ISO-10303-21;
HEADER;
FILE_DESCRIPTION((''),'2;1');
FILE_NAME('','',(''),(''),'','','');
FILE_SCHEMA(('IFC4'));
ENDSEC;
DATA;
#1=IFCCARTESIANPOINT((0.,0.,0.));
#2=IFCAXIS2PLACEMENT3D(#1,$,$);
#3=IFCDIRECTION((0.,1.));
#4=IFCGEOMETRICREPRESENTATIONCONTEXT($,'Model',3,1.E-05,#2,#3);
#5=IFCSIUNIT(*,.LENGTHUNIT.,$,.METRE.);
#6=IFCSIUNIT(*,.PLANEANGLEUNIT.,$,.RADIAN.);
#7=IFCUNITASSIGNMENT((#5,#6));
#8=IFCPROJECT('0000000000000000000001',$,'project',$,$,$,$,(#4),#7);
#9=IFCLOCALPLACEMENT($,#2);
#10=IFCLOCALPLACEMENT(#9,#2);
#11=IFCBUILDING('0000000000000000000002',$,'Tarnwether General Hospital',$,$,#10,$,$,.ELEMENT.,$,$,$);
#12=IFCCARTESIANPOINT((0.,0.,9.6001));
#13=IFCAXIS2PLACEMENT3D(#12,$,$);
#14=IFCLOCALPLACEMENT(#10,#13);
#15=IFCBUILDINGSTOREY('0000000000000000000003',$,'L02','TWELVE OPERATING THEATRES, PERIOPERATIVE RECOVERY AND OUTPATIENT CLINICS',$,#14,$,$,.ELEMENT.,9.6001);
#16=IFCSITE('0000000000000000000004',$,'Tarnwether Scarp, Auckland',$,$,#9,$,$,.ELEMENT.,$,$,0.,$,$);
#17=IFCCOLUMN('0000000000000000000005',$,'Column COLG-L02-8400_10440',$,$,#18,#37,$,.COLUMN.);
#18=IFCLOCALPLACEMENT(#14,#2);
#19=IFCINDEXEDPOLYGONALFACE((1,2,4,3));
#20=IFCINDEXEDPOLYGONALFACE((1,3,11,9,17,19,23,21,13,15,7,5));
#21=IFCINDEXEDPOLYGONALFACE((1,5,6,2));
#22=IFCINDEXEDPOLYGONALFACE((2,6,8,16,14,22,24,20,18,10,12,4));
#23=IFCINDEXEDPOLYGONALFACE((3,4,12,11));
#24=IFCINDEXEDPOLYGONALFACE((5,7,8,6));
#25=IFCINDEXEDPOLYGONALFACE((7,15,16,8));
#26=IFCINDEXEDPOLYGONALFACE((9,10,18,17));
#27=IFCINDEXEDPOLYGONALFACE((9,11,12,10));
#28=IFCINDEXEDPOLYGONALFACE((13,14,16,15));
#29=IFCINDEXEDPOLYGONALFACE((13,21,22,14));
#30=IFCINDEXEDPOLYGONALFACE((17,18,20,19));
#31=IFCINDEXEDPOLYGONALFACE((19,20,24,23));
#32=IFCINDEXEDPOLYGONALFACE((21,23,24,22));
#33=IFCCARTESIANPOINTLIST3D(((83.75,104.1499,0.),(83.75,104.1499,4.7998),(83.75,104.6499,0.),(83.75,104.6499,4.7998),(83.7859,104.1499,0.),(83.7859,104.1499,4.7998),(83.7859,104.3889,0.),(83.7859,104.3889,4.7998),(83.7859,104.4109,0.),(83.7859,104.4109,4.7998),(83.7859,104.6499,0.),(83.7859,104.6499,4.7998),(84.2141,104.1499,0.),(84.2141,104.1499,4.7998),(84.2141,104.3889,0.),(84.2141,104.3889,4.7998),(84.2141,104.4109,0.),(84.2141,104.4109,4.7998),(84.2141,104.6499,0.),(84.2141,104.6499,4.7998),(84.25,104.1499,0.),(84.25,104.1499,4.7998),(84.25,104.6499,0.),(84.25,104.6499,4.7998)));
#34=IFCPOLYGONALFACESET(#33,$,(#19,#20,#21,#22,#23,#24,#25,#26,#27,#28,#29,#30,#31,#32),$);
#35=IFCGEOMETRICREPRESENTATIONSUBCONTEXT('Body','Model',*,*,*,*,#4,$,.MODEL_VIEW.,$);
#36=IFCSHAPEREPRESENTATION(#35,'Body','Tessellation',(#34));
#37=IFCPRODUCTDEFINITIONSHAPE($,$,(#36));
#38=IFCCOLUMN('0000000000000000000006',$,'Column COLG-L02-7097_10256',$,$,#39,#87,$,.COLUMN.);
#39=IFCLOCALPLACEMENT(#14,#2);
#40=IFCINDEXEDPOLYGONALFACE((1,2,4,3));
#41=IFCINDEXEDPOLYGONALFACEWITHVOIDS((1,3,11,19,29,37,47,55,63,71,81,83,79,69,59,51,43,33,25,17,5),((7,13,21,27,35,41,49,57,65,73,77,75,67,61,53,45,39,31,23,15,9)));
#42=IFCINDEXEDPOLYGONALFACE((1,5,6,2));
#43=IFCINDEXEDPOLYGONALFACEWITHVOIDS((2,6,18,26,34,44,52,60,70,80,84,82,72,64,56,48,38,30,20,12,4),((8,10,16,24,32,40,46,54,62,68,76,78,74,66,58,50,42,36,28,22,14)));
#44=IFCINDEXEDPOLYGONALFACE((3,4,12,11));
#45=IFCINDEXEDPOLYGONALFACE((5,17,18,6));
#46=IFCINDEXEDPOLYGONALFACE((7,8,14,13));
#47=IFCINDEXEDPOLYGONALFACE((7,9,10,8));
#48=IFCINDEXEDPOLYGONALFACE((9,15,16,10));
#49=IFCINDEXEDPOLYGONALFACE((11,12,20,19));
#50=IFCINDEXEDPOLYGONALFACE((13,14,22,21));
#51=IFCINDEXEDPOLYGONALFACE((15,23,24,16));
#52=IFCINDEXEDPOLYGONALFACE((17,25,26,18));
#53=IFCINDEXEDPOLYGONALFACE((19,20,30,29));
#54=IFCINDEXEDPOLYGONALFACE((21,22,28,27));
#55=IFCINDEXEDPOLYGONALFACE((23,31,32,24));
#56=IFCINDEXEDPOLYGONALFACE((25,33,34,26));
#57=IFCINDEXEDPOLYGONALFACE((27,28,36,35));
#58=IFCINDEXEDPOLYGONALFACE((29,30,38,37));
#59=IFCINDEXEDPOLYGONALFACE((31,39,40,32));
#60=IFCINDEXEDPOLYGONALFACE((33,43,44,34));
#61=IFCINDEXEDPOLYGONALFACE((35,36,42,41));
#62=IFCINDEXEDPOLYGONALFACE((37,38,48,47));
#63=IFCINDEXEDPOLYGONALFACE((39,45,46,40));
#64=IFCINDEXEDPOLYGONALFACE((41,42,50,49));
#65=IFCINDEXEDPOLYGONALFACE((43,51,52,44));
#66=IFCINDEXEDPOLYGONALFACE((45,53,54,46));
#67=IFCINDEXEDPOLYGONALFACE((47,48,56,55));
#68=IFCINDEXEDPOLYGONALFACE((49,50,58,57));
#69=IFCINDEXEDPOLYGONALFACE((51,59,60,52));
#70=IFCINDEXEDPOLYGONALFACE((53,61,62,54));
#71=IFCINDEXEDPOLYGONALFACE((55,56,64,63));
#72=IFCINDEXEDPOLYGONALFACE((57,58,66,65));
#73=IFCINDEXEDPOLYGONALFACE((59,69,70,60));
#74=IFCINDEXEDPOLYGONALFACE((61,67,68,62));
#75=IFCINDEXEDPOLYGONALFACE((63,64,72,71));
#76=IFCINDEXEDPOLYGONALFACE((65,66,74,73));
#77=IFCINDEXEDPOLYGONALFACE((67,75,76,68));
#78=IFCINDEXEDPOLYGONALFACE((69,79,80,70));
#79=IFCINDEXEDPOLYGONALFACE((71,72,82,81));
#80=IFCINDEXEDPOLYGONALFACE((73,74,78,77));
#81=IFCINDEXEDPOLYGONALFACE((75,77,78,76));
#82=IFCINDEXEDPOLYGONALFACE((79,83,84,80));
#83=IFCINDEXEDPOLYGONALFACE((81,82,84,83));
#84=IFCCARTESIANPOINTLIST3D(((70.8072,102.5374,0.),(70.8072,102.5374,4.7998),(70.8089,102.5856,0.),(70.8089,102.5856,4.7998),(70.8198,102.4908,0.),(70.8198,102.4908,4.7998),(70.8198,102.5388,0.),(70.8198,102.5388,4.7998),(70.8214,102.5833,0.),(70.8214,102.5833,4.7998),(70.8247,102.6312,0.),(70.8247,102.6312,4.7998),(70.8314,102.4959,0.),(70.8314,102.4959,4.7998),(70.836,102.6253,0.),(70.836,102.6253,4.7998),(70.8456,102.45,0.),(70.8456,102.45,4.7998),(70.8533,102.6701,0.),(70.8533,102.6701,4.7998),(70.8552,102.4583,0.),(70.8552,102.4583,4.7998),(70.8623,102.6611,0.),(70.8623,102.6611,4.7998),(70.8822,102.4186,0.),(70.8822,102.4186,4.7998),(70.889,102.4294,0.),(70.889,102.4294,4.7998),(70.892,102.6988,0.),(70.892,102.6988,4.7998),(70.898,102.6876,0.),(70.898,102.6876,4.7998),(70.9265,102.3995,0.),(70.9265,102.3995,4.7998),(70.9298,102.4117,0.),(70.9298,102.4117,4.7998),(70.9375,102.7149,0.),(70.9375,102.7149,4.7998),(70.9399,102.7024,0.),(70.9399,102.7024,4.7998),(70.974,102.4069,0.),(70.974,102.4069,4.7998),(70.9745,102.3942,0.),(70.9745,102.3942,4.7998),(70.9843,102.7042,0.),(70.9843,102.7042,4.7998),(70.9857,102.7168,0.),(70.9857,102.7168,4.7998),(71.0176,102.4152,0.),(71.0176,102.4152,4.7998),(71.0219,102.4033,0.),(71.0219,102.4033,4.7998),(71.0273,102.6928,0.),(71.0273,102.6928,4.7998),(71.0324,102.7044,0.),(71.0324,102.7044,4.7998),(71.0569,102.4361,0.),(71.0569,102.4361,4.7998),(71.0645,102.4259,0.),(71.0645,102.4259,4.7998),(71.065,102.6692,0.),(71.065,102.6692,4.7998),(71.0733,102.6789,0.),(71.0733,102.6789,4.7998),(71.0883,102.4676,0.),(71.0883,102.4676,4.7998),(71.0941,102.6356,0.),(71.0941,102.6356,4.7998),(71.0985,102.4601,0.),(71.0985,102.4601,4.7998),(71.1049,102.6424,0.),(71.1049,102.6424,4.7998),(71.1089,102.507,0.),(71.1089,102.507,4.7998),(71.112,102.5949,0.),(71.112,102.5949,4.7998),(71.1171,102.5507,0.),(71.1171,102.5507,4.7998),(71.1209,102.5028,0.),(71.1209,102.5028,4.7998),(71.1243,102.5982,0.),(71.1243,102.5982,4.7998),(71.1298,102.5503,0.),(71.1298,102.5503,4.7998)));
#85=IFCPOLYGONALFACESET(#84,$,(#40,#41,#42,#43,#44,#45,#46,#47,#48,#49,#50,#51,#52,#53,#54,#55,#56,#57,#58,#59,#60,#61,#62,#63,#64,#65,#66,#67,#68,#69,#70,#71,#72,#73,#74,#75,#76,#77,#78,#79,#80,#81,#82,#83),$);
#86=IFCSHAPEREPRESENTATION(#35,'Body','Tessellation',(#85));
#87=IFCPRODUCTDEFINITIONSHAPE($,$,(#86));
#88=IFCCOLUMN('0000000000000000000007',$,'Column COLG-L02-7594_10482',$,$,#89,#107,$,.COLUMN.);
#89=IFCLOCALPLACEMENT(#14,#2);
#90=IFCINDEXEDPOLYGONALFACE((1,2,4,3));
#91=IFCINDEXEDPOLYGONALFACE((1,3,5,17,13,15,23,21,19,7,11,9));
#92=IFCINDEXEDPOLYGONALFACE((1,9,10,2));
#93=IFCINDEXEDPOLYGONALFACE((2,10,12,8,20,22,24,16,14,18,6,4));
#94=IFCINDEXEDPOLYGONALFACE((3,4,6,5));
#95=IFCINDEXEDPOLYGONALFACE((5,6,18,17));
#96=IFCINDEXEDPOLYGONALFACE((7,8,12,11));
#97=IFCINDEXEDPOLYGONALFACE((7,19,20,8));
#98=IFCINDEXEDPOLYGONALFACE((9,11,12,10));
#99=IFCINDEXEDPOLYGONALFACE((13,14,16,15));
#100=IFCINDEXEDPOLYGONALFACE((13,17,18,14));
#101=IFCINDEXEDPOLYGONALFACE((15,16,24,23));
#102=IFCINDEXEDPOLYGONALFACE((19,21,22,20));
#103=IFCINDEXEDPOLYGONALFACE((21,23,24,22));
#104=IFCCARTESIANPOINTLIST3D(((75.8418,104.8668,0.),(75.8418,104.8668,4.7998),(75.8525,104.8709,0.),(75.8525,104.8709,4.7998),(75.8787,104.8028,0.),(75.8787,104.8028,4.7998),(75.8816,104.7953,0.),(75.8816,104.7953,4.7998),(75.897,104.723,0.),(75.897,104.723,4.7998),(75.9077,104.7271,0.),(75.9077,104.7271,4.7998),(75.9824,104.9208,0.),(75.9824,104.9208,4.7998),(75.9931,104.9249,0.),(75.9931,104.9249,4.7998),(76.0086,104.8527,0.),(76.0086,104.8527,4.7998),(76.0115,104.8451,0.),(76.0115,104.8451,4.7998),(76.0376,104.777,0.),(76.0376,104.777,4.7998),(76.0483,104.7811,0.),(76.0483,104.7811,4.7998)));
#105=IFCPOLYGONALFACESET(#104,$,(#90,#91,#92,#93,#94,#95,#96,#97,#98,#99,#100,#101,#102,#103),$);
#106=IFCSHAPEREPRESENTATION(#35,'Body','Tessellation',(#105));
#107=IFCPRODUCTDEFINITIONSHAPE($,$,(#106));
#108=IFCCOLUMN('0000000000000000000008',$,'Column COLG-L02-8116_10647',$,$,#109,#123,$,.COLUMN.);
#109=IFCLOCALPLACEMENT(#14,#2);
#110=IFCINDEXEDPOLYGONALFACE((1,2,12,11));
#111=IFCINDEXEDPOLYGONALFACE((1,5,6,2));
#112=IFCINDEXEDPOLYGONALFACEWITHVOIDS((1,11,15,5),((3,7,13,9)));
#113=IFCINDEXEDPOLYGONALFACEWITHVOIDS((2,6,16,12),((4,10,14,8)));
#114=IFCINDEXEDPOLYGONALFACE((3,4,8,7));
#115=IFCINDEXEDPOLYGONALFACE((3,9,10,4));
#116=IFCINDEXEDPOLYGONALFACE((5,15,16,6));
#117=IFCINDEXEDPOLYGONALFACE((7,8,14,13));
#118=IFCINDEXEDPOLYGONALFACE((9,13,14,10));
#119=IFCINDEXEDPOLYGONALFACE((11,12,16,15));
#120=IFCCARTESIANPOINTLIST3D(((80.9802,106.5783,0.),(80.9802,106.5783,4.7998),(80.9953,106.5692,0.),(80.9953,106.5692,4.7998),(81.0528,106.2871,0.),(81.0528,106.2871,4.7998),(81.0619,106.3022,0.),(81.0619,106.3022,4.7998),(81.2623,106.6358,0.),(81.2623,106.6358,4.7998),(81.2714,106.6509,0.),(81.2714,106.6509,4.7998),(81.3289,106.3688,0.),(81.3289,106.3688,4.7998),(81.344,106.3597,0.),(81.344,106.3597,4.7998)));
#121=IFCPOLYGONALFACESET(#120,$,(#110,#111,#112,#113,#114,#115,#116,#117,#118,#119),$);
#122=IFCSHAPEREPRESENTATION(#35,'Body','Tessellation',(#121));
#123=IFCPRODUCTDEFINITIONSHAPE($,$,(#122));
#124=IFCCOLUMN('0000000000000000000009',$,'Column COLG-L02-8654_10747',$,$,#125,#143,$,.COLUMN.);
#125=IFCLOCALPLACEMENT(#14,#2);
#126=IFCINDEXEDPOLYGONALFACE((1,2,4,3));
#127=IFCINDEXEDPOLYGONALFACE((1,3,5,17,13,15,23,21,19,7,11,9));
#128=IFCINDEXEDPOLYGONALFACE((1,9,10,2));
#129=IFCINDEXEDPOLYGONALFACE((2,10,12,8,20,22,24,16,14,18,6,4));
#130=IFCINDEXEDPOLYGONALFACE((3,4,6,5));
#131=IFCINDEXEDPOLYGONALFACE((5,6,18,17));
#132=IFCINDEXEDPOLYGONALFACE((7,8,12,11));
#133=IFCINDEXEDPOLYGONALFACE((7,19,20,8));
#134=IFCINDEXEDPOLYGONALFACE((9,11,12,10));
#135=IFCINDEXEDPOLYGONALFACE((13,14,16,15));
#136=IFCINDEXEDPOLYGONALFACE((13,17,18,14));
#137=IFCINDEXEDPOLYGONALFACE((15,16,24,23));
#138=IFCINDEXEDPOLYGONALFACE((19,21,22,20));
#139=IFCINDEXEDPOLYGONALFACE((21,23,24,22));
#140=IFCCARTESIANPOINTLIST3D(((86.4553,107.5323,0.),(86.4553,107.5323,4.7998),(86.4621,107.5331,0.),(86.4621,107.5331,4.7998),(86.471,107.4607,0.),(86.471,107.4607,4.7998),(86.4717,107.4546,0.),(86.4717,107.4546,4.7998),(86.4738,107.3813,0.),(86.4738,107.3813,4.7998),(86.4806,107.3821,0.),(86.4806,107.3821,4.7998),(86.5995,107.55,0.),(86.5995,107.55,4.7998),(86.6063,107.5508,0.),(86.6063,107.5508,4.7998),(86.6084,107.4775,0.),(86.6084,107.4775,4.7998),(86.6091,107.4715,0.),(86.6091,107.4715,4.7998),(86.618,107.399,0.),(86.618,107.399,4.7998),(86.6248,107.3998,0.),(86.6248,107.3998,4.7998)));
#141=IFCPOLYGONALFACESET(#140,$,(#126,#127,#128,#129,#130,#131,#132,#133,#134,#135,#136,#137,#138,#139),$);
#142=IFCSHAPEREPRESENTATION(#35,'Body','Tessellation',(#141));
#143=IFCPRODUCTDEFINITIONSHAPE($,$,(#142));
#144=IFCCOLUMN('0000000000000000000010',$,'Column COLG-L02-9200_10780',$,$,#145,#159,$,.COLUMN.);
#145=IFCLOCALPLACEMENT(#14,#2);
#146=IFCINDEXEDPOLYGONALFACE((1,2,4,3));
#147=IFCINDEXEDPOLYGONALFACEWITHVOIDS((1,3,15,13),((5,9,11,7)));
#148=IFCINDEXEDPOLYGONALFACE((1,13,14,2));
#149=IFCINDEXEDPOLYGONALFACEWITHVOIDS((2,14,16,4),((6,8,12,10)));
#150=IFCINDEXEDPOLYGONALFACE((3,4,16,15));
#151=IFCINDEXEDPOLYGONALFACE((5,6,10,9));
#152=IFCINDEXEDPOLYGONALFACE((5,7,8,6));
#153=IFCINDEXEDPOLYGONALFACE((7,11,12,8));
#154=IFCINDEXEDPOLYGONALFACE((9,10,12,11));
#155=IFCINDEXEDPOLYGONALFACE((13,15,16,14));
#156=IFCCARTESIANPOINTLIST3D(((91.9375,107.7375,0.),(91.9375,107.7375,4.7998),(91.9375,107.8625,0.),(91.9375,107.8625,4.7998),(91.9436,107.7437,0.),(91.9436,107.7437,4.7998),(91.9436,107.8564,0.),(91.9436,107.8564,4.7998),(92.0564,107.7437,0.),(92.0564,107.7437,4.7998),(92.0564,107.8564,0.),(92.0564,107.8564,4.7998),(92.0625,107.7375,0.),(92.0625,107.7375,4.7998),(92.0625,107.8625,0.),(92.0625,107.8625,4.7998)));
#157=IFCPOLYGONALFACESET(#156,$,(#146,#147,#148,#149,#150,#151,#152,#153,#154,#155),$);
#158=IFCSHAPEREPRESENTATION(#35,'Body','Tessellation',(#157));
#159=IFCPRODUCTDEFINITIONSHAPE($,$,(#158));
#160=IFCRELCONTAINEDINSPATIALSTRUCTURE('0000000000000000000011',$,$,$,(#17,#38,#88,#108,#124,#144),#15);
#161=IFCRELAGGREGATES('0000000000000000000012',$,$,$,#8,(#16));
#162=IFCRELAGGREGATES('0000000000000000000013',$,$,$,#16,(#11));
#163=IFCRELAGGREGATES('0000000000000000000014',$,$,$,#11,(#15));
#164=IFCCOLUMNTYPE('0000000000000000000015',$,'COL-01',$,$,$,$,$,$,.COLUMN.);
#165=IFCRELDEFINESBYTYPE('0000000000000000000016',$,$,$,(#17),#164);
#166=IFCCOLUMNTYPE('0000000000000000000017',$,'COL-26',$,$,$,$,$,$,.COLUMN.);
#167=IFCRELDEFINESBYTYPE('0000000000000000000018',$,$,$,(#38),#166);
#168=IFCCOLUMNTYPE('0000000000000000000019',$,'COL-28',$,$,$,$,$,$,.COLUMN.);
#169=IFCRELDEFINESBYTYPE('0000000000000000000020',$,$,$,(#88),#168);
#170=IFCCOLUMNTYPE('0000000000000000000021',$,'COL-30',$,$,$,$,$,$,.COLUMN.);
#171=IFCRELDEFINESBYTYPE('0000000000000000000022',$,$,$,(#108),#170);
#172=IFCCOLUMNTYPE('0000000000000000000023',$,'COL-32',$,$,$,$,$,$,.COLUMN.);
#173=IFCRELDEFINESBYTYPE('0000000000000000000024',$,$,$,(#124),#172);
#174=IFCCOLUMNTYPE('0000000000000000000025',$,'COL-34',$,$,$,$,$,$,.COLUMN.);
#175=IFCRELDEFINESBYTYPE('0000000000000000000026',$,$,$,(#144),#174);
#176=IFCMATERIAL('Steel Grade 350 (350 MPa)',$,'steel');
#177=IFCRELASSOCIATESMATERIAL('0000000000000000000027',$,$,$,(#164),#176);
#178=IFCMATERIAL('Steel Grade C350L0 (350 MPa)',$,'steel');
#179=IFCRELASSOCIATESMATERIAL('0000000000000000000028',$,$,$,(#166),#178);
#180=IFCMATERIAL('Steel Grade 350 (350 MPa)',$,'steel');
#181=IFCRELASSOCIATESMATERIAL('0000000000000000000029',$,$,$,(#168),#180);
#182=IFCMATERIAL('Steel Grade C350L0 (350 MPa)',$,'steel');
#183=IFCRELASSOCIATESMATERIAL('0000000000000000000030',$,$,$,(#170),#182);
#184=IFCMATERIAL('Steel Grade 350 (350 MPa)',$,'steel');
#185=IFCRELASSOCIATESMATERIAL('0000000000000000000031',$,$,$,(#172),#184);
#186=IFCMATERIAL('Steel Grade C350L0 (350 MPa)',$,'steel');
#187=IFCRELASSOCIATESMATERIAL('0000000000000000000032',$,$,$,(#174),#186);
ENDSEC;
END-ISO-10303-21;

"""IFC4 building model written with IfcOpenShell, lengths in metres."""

from ifc_helpers import new_model, si_unit, direction, frame, origin, origin_2d, place, context, subcontext, project, spatial, hollow_rectangle, hollow_circle, i_section, extrude, material, material_profile, profile_set, type_object, element, save


model = new_model("IFC4")

# Units and contexts
model_context = context("Model", 3, precision=1e-05, world=origin(), true_north=direction((0.0, 1.0)))
body_context = subcontext(model_context, "Body", "Model", "MODEL_VIEW")
ifc_project = project(units=[si_unit("LENGTHUNIT", "METRE"), si_unit("PLANEANGLEUNIT", "RADIAN")], contexts=[model_context])

# Site, building, storey
site_placement = place(None, origin())
site = spatial("IfcSite", under=ifc_project, at=site_placement, Name="Tarnwether Scarp, Auckland", CompositionType="ELEMENT", RefElevation=0.0)
building_placement = place(site_placement, origin())
building = spatial("IfcBuilding", under=site, at=building_placement, Name="Tarnwether General Hospital", CompositionType="ELEMENT")
storey_placement = place(building_placement, frame((0.0, 0.0, 9.6001)))
storey = spatial("IfcBuildingStorey", under=building, at=storey_placement, Name="L02", Description="TWELVE OPERATING THEATRES, PERIOPERATIVE RECOVERY AND OUTPATIENT CLINICS", CompositionType="ELEMENT", Elevation=9.6001)

# Columns
ifc_material_1 = material(Name="Steel Grade 350 (350 MPa)", Category="steel")
ifc_material_profile_1 = material_profile(ifc_material_1, i_section(OverallWidth=0.5, OverallDepth=0.5, WebThickness=0.022, FlangeThickness=0.0359, at=origin_2d()), Name="500WC380")
ifc_profile_set_1 = profile_set([ifc_material_profile_1], Name="Steel Grade 350 (350 MPa)")
column_type_1 = type_object("IfcColumnType", Name="COL-01", PredefinedType="COLUMN", material=ifc_profile_set_1)
column_1_placement = place(storey_placement, frame((84.0, 104.3999, 0.0), z_axis=(0.0, 0.0, 1.0), x_axis=(0.0, 1.0, 0.0)))
element("IfcColumn", 1, at=column_1_placement, inside=storey, type_object=column_type_1, Name="Column COLG-L02-8400_10440", PredefinedType="COLUMN", context=body_context, shape_type="SweptSolid", body=[
    extrude(i_section(OverallWidth=0.5, OverallDepth=0.5, WebThickness=0.022, FlangeThickness=0.0359, at=origin_2d()), origin(), (0.0, 0.0, 1.0), 4.7998),
])
ifc_material_2 = material(Name="Steel Grade C350L0 (350 MPa)", Category="steel")
ifc_material_profile_2 = material_profile(ifc_material_2, hollow_circle(Radius=0.1619, WallThickness=0.0127, at=origin_2d()), Name="CHS323.9x12.7")
ifc_profile_set_2 = profile_set([ifc_material_profile_2], Name="Steel Grade C350L0 (350 MPa)")
column_type_2 = type_object("IfcColumnType", Name="COL-26", PredefinedType="COLUMN", material=ifc_profile_set_2)
column_2_placement = place(storey_placement, frame((70.968, 102.5559, 0.0), z_axis=(0.0, 0.0, 1.0), x_axis=(-0.469472, 0.882948, 0.0)))
element("IfcColumn", 2, at=column_2_placement, inside=storey, type_object=column_type_2, Name="Column COLG-L02-7097_10256", PredefinedType="COLUMN", context=body_context, shape_type="SweptSolid", body=[
    extrude(hollow_circle(Radius=0.1619, WallThickness=0.0127, at=origin_2d()), origin(), (0.0, 0.0, 1.0), 4.7998),
])
ifc_material_3 = material(Name="Steel Grade 350 (350 MPa)", Category="steel")
ifc_material_profile_3 = material_profile(ifc_material_3, i_section(OverallWidth=0.1541, OverallDepth=0.1621, WebThickness=0.0081, FlangeThickness=0.0115, at=origin_2d()), Name="150UC37.2")
ifc_profile_set_3 = profile_set([ifc_material_profile_3], Name="Steel Grade 350 (350 MPa)")
column_type_3 = type_object("IfcColumnType", Name="COL-28", PredefinedType="COLUMN", material=ifc_profile_set_3)
column_3_placement = place(storey_placement, frame((75.9451, 104.824, 0.0), z_axis=(0.0, 0.0, 1.0), x_axis=(-0.358368, 0.93358, 0.0)))
element("IfcColumn", 3, at=column_3_placement, inside=storey, type_object=column_type_3, Name="Column COLG-L02-7594_10482", PredefinedType="COLUMN", context=body_context, shape_type="SweptSolid", body=[
    extrude(i_section(OverallWidth=0.1541, OverallDepth=0.1621, WebThickness=0.0081, FlangeThickness=0.0115, at=origin_2d()), origin(), (0.0, 0.0, 1.0), 4.7998),
])
ifc_material_4 = material(Name="Steel Grade C350L0 (350 MPa)", Category="steel")
ifc_material_profile_4 = material_profile(ifc_material_4, hollow_rectangle(XDim=0.3, YDim=0.3, WallThickness=0.0125, at=origin_2d()), Name="SHS300x300x12.5")
ifc_profile_set_4 = profile_set([ifc_material_profile_4], Name="Steel Grade C350L0 (350 MPa)")
column_type_4 = type_object("IfcColumnType", Name="COL-30", PredefinedType="COLUMN", material=ifc_profile_set_4)
column_4_placement = place(storey_placement, frame((81.1621, 106.469, 0.0), z_axis=(0.0, 0.0, 1.0), x_axis=(-0.241922, 0.970296, 0.0)))
element("IfcColumn", 4, at=column_4_placement, inside=storey, type_object=column_type_4, Name="Column COLG-L02-8116_10647", PredefinedType="COLUMN", context=body_context, shape_type="SweptSolid", body=[
    extrude(hollow_rectangle(XDim=0.3, YDim=0.3, WallThickness=0.0125, at=origin_2d()), origin(), (0.0, 0.0, 1.0), 4.7998),
])
ifc_material_5 = material(Name="Steel Grade 350 (350 MPa)", Category="steel")
ifc_material_profile_5 = material_profile(ifc_material_5, i_section(OverallWidth=0.1521, OverallDepth=0.1521, WebThickness=0.0061, FlangeThickness=0.0068, at=origin_2d()), Name="150UC23.4")
ifc_profile_set_5 = profile_set([ifc_material_profile_5], Name="Steel Grade 350 (350 MPa)")
column_type_5 = type_object("IfcColumnType", Name="COL-32", PredefinedType="COLUMN", material=ifc_profile_set_5)
column_5_placement = place(storey_placement, frame((86.54, 107.4661, 0.0), z_axis=(0.0, 0.0, 1.0), x_axis=(-0.121869, 0.992546, 0.0)))
element("IfcColumn", 5, at=column_5_placement, inside=storey, type_object=column_type_5, Name="Column COLG-L02-8654_10747", PredefinedType="COLUMN", context=body_context, shape_type="SweptSolid", body=[
    extrude(i_section(OverallWidth=0.1521, OverallDepth=0.1521, WebThickness=0.0061, FlangeThickness=0.0068, at=origin_2d()), origin(), (0.0, 0.0, 1.0), 4.7998),
])
ifc_material_6 = material(Name="Steel Grade C350L0 (350 MPa)", Category="steel")
ifc_material_profile_6 = material_profile(ifc_material_6, hollow_rectangle(XDim=0.125, YDim=0.125, WallThickness=0.0061, at=origin_2d()), Name="SHS125x125x6")
ifc_profile_set_6 = profile_set([ifc_material_profile_6], Name="Steel Grade C350L0 (350 MPa)")
column_type_6 = type_object("IfcColumnType", Name="COL-34", PredefinedType="COLUMN", material=ifc_profile_set_6)
column_6_placement = place(storey_placement, frame((92.0, 107.8, 0.0), z_axis=(0.0, 0.0, 1.0), x_axis=(0.0, 1.0, 0.0)))
element("IfcColumn", 6, at=column_6_placement, inside=storey, type_object=column_type_6, Name="Column COLG-L02-9200_10780", PredefinedType="COLUMN", context=body_context, shape_type="SweptSolid", body=[
    extrude(hollow_rectangle(XDim=0.125, YDim=0.125, WallThickness=0.0061, at=origin_2d()), origin(), (0.0, 0.0, 1.0), 4.7998),
])

save(model, "model.ifc")
